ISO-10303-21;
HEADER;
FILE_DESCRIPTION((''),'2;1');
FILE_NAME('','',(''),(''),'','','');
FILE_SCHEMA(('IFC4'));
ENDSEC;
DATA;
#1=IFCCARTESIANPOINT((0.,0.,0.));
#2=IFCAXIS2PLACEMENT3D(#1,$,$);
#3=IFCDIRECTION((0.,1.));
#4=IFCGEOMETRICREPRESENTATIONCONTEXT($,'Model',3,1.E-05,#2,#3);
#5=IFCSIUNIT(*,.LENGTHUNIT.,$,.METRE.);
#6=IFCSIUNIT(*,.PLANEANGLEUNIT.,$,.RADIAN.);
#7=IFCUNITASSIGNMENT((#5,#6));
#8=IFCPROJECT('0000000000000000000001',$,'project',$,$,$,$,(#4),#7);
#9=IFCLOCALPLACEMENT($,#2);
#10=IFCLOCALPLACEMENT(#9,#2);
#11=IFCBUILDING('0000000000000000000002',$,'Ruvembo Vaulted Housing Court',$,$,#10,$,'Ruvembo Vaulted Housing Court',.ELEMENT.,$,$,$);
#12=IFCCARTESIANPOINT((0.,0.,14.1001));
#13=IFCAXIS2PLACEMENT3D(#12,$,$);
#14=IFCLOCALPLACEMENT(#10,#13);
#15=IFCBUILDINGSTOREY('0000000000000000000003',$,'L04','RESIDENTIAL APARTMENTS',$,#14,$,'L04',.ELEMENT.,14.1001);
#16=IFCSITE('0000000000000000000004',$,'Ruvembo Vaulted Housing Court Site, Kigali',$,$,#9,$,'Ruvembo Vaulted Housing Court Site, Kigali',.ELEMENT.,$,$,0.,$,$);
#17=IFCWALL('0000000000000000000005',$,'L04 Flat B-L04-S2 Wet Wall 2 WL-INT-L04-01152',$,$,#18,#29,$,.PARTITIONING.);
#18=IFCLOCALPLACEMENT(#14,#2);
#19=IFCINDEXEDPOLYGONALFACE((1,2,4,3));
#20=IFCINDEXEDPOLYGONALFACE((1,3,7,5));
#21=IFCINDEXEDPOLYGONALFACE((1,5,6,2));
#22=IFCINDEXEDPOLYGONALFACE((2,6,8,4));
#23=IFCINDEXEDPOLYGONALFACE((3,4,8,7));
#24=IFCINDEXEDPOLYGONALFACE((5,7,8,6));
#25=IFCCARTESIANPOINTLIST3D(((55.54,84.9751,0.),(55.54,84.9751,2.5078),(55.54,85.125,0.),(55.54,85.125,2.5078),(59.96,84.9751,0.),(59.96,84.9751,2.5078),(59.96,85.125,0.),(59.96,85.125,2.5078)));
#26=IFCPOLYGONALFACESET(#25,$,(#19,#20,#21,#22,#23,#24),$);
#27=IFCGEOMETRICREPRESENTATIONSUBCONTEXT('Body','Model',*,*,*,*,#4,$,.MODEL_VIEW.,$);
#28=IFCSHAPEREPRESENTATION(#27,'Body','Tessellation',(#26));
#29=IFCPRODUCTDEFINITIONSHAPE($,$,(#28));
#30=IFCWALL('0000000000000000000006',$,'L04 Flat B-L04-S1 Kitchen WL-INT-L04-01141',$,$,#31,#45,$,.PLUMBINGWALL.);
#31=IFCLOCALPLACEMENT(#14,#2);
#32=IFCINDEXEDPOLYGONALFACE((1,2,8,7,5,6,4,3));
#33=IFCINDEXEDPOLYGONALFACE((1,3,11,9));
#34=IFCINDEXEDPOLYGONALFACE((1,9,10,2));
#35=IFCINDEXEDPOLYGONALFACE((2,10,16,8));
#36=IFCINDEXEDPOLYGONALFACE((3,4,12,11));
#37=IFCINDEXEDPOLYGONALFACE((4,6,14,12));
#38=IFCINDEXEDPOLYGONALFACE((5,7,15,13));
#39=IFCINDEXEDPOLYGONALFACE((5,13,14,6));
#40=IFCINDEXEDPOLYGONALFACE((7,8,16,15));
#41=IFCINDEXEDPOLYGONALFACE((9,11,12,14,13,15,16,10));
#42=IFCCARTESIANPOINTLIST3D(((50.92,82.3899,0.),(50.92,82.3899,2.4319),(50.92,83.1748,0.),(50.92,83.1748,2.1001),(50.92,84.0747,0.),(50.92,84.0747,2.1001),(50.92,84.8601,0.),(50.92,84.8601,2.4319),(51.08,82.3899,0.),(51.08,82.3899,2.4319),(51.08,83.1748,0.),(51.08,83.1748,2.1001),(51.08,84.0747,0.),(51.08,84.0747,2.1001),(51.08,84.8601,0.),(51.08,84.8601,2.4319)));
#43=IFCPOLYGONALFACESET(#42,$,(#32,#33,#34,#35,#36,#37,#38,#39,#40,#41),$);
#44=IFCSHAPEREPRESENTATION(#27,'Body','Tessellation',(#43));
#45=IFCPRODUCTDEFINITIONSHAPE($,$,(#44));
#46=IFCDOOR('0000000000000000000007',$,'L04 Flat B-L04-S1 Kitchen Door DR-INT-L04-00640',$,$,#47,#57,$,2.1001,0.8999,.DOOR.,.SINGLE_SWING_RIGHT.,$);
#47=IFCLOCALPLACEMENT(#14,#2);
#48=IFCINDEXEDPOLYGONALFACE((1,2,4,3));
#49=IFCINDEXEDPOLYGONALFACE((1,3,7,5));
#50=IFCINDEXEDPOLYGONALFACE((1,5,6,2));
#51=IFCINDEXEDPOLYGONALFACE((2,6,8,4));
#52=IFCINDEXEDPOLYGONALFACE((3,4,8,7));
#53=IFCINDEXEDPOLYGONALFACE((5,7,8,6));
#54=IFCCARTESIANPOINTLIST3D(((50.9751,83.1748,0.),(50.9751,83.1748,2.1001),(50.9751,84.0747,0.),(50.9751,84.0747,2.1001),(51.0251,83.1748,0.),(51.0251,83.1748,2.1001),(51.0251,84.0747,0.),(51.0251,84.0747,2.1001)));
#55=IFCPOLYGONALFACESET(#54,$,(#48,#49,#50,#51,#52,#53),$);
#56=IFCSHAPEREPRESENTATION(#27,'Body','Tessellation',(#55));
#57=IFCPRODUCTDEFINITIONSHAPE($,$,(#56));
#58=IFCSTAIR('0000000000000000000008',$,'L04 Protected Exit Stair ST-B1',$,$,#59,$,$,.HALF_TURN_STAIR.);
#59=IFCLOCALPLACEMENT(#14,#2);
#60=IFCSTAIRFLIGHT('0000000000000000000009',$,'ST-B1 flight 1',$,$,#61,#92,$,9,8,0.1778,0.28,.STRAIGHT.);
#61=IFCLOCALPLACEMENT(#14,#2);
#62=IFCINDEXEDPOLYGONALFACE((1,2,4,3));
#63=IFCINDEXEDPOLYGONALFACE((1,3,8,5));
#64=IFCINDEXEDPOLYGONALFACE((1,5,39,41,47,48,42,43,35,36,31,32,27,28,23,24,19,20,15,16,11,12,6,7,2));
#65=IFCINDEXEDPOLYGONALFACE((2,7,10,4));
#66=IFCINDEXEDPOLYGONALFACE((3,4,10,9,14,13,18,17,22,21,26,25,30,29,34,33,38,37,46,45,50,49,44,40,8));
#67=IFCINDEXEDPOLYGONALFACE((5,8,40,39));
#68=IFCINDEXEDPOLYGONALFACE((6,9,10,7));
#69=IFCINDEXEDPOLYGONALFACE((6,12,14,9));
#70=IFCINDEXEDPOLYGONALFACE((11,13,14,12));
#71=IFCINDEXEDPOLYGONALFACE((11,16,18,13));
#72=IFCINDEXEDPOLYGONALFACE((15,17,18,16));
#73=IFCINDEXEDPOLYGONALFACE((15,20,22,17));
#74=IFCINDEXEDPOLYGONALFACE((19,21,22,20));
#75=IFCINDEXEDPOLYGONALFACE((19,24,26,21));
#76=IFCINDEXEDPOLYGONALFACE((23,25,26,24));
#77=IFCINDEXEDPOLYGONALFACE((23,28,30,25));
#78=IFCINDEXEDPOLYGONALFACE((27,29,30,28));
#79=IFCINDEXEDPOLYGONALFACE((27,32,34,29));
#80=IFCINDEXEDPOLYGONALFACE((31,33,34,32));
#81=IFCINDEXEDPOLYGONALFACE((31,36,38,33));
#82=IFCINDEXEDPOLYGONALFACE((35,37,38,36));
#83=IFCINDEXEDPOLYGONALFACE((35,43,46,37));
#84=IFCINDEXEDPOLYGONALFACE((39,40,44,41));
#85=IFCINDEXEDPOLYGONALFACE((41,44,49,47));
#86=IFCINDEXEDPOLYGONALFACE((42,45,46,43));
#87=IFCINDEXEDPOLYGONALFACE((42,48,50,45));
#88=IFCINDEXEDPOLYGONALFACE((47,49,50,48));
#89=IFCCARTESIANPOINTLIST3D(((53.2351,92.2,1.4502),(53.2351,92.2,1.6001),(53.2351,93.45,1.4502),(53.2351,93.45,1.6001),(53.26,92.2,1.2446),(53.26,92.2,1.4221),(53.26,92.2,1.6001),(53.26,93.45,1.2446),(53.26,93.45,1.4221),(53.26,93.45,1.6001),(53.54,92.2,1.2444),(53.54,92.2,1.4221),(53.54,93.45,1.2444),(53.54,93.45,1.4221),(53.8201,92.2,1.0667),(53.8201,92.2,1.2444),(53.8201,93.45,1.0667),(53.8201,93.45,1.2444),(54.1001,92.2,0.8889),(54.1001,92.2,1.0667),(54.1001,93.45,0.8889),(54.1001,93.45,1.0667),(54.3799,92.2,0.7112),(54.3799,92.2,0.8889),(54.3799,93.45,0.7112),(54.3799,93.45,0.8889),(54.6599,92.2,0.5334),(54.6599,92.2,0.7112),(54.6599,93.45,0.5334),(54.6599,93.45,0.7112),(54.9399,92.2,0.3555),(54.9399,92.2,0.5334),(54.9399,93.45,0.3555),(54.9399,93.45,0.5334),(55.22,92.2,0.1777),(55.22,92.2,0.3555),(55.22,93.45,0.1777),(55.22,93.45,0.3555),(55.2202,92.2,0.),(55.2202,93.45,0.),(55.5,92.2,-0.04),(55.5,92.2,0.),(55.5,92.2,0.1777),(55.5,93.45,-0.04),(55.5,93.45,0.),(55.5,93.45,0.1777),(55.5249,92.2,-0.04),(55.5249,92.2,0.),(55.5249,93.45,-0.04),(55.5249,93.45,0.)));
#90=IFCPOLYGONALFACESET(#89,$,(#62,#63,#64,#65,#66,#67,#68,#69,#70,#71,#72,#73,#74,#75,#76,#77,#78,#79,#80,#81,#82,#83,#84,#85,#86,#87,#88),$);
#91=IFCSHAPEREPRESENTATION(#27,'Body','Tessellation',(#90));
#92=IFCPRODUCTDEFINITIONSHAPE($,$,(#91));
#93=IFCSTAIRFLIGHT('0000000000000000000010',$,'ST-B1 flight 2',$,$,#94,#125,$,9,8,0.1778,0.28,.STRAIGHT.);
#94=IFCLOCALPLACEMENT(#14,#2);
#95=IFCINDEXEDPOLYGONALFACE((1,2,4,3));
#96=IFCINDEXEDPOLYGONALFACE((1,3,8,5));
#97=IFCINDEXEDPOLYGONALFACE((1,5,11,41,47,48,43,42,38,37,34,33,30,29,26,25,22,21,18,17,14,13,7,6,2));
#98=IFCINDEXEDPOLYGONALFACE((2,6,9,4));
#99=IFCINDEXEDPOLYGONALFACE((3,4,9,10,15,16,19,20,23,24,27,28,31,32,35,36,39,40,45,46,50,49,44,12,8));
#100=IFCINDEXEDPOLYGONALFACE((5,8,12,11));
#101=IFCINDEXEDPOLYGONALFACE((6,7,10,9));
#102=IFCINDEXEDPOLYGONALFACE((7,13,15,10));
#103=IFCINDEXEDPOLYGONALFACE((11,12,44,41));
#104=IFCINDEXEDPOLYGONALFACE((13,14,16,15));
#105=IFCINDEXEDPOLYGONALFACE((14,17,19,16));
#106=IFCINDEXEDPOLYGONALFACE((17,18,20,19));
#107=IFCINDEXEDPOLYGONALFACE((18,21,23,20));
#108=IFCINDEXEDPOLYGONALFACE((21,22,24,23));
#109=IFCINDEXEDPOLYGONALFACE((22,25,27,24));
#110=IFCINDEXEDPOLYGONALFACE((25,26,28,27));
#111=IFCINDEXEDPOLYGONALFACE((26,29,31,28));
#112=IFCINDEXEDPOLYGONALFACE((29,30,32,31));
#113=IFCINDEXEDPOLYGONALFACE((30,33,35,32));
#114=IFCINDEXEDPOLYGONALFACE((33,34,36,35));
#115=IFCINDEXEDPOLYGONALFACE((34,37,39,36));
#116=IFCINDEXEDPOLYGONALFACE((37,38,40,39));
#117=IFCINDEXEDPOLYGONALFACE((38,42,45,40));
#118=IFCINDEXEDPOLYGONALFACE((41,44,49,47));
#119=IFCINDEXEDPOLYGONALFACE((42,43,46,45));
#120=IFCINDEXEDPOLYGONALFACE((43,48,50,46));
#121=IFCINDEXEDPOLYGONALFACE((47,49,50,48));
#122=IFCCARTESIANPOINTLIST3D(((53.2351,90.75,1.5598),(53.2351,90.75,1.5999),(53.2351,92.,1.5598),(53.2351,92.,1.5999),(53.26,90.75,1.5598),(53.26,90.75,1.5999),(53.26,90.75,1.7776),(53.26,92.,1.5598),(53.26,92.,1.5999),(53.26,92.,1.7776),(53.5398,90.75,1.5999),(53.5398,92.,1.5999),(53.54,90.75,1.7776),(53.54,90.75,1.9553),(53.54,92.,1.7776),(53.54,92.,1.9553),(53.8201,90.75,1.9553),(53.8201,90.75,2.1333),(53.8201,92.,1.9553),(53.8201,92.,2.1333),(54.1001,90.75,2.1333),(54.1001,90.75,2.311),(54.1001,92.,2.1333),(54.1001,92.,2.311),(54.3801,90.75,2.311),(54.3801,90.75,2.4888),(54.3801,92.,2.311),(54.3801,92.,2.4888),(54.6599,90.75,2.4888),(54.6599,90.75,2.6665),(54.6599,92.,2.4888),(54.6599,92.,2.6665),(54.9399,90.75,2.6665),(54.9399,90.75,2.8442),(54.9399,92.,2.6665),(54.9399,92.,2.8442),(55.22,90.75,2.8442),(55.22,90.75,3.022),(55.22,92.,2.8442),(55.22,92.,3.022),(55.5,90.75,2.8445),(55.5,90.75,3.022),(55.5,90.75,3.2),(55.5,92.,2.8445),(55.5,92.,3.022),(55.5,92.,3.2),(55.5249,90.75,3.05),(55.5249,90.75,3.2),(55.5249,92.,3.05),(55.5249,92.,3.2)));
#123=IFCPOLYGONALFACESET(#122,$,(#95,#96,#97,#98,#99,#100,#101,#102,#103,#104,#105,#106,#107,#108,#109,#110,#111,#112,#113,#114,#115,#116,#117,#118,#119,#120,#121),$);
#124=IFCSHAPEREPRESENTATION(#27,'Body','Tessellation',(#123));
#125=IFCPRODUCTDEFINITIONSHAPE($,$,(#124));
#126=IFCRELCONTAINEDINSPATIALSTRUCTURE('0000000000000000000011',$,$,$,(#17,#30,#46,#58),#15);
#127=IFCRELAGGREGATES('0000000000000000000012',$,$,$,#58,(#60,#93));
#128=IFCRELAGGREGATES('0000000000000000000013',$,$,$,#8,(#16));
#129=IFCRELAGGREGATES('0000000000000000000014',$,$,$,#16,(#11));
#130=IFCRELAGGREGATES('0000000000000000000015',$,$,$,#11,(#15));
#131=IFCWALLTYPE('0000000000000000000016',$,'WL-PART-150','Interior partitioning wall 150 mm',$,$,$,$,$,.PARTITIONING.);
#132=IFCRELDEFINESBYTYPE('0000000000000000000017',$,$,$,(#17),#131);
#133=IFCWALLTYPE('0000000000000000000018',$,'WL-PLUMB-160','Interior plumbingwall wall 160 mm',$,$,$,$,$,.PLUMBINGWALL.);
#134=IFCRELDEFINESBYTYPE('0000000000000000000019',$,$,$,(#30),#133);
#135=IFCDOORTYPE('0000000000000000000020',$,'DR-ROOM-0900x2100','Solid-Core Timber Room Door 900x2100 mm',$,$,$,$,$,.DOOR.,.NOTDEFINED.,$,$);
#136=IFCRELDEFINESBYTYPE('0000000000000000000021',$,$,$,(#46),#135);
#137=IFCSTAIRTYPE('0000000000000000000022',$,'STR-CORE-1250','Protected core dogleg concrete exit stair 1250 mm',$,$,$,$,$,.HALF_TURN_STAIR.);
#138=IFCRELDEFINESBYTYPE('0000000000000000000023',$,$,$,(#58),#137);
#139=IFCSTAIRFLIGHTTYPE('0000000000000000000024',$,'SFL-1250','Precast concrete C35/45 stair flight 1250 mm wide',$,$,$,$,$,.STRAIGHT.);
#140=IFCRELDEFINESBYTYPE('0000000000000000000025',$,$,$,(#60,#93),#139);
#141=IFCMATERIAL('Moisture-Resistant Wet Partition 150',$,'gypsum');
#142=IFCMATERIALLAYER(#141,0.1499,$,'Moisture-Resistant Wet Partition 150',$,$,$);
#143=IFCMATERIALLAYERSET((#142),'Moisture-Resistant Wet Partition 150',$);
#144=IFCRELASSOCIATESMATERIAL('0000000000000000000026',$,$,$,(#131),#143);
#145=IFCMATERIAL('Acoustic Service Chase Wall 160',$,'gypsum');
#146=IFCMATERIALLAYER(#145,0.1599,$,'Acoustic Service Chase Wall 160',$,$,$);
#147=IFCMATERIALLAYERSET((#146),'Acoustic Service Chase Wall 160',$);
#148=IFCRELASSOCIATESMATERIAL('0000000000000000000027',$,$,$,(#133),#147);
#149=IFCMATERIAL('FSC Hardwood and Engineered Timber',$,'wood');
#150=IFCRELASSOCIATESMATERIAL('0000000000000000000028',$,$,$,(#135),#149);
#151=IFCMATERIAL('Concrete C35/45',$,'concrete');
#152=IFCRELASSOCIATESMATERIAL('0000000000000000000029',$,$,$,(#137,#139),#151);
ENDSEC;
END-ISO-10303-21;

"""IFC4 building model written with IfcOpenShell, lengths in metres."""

from ifc_helpers import new_model, si_unit, direction, frame, frame_2d, origin, place, context, subcontext, project, spatial, polyline, rectangle, outline, extrude, material, layer, layer_set, type_object, element, fill, aggregate, save


model = new_model("IFC4")

# Units and contexts
model_context = context("Model", 3, precision=1e-05, world=origin(), true_north=direction((0.0, 1.0)))
body_context = subcontext(model_context, "Body", "Model", "MODEL_VIEW")
ifc_project = project(units=[si_unit("LENGTHUNIT", "METRE"), si_unit("PLANEANGLEUNIT", "RADIAN")], contexts=[model_context])

# Site, building, storey
site_placement = place(None, origin())
site = spatial("IfcSite", under=ifc_project, at=site_placement, Name="Ruvembo Vaulted Housing Court Site, Kigali", LongName="Ruvembo Vaulted Housing Court Site, Kigali", CompositionType="ELEMENT", RefElevation=0.0)
building_placement = place(site_placement, origin())
building = spatial("IfcBuilding", under=site, at=building_placement, Name="Ruvembo Vaulted Housing Court", LongName="Ruvembo Vaulted Housing Court", CompositionType="ELEMENT")
storey_placement = place(building_placement, frame((0.0, 0.0, 14.1001)))
storey = spatial("IfcBuildingStorey", under=building, at=storey_placement, Name="L04", Description="RESIDENTIAL APARTMENTS", LongName="L04", CompositionType="ELEMENT", Elevation=14.1001)

# Shared definitions
ifc_material_1 = material(Name="Concrete C35/45", Category="concrete")

# Shared definitions
ifc_material_2 = material(Name="FSC Hardwood and Engineered Timber", Category="wood")

# Shared definitions
ifc_material_3 = material(Name="Moisture-Resistant Wet Partition 150", Category="gypsum")
ifc_layer_1 = layer(ifc_material_3, 0.1499, Name="Moisture-Resistant Wet Partition 150")
ifc_layer_set_1 = layer_set([ifc_layer_1], Name="Moisture-Resistant Wet Partition 150")
wall_type_1 = type_object("IfcWallType", Name="WL-PART-150", Description="Interior partitioning wall 150 mm", PredefinedType="PARTITIONING", material=ifc_layer_set_1)

# Wall
wall_1_placement = place(storey_placement, frame((55.54, 85.05, 0.0), z_axis=(0.0, 0.0, 1.0), x_axis=(1.0, 0.0, 0.0)))
element("IfcWall", 1, at=wall_1_placement, inside=storey, type_object=wall_type_1, Name="L04 Flat B-L04-S2 Wet Wall 2 WL-INT-L04-01152", PredefinedType="PARTITIONING", context=body_context, shape_type="SweptSolid", body=[
    extrude(rectangle(XDim=4.4199, YDim=0.1499, at=frame_2d((2.21, 0.0))), origin(), (0.0, 0.0, 1.0), 2.5078),
])

# Wall, opening, door
ifc_material_4 = material(Name="Acoustic Service Chase Wall 160", Category="gypsum")
ifc_layer_2 = layer(ifc_material_4, 0.1599, Name="Acoustic Service Chase Wall 160")
ifc_layer_set_2 = layer_set([ifc_layer_2], Name="Acoustic Service Chase Wall 160")
wall_type_2 = type_object("IfcWallType", Name="WL-PLUMB-160", Description="Interior plumbingwall wall 160 mm", PredefinedType="PLUMBINGWALL", material=ifc_layer_set_2)
wall_2_placement = place(storey_placement, frame((51.0, 82.3899, 0.0), z_axis=(0.0, 0.0, 1.0), x_axis=(0.0, 1.0, 0.0)))
wall_2 = element("IfcWall", 2, at=wall_2_placement, inside=storey, type_object=wall_type_2, Name="L04 Flat B-L04-S1 Kitchen WL-INT-L04-01141", PredefinedType="PLUMBINGWALL", context=body_context, shape_type="SweptSolid", body=[
    extrude(rectangle(XDim=2.4702, YDim=0.1599, at=frame_2d((1.2351, 0.0))), origin(), (0.0, 0.0, 1.0), 2.4319),
])
opening_1_placement = place(wall_2_placement, frame((0.7849, 0.0, 0.0)))
opening_1 = element("IfcOpeningElement", 3, at=opening_1_placement, cuts=wall_2, PredefinedType="OPENING", context=body_context, shape_type="SweptSolid", body=[
    extrude(rectangle(XDim=0.8999, YDim=2.1001, at=frame_2d((0.45, 1.05))), frame((0.0, 0.0898, 0.0), z_axis=(0.0, -1.0, 0.0), x_axis=(1.0, 0.0, 0.0)), (0.0, 0.0, 1.0), 0.1799),
])
door_type_1 = type_object("IfcDoorType", Name="DR-ROOM-0900x2100", Description="Solid-Core Timber Room Door 900x2100 mm", OperationType="NOTDEFINED", PredefinedType="DOOR", material=ifc_material_2)
door_1_placement = place(opening_1_placement, origin())
door_1 = element("IfcDoor", 4, at=door_1_placement, inside=storey, type_object=door_type_1, Name="L04 Flat B-L04-S1 Kitchen Door DR-INT-L04-00640", OperationType="SINGLE_SWING_RIGHT", OverallHeight=2.1001, OverallWidth=0.8999, PredefinedType="DOOR", context=body_context, shape_type="SweptSolid", body=[
    extrude(rectangle(XDim=0.8999, YDim=2.1001, at=frame_2d((0.45, 1.05))), frame((0.0, 0.0249, 0.0), z_axis=(0.0, -1.0, 0.0), x_axis=(1.0, 0.0, 0.0)), (0.0, 0.0, 1.0), 0.05),
])
fill(opening_1, door_1)

# Stair, stair flights
stair_type = type_object("IfcStairType", Name="STR-CORE-1250", Description="Protected core dogleg concrete exit stair 1250 mm", PredefinedType="HALF_TURN_STAIR", material=ifc_material_1)
stair_placement = place(storey_placement, origin())
stair = element("IfcStair", 5, at=stair_placement, inside=storey, type_object=stair_type, Name="L04 Protected Exit Stair ST-B1", PredefinedType="HALF_TURN_STAIR")
stair_flight_type = type_object("IfcStairFlightType", Name="SFL-1250", Description="Precast concrete C35/45 stair flight 1250 mm wide", PredefinedType="STRAIGHT", material=ifc_material_1)
stair_flight_1_placement = place(storey_placement, frame((55.5, 92.825, 0.0), z_axis=(0.0, 0.0, 1.0), x_axis=(-1.0, 0.0, 0.0)))
stair_flight_1 = element("IfcStairFlight", 6, at=stair_flight_1_placement, type_object=stair_flight_type, Name="ST-B1 flight 1", NumberOfRisers=9, NumberOfTreads=8, PredefinedType="STRAIGHT", RiserHeight=0.1778, TreadLength=0.28, context=body_context, shape_type="SweptSolid", body=[
    extrude(outline(polyline([(-0.0249, -0.04), (-0.0249, 0.0), (0.0, 0.0), (0.0, 0.1777), (0.28, 0.1777), (0.28, 0.3555), (0.5601, 0.3555), (0.5601, 0.5334), (0.8401, 0.5334), (0.8401, 0.7112), (1.1201, 0.7112), (1.1201, 0.8889), (1.3999, 0.8889), (1.3999, 1.0667), (1.6799, 1.0667), (1.6799, 1.2444), (1.96, 1.2444), (1.96, 1.4221), (2.24, 1.4221), (2.24, 1.6001), (2.2649, 1.6001), (2.2649, 1.4502), (2.24, 1.2446), (0.2798, 0.0), (0.0, -0.04), (-0.0249, -0.04)])), frame((0.0, 0.625, 0.0), z_axis=(0.0, -1.0, 0.0), x_axis=(1.0, 0.0, 0.0)), (0.0, 0.0, 1.0), 1.25),
])
stair_flight_2_placement = place(storey_placement, frame((53.26, 91.375, 1.5999), z_axis=(0.0, 0.0, 1.0), x_axis=(1.0, 0.0, 0.0)))
stair_flight_2 = element("IfcStairFlight", 7, at=stair_flight_2_placement, type_object=stair_flight_type, Name="ST-B1 flight 2", NumberOfRisers=9, NumberOfTreads=8, PredefinedType="STRAIGHT", RiserHeight=0.1778, TreadLength=0.28, context=body_context, shape_type="SweptSolid", body=[
    extrude(outline(polyline([(-0.0249, -0.04), (-0.0249, 0.0), (0.0, 0.0), (0.0, 0.1777), (0.28, 0.1777), (0.28, 0.3555), (0.5601, 0.3555), (0.5601, 0.5334), (0.8401, 0.5334), (0.8401, 0.7112), (1.1201, 0.7112), (1.1201, 0.8889), (1.3999, 0.8889), (1.3999, 1.0667), (1.6799, 1.0667), (1.6799, 1.2444), (1.96, 1.2444), (1.96, 1.4221), (2.24, 1.4221), (2.24, 1.6001), (2.2649, 1.6001), (2.2649, 1.4502), (2.24, 1.2446), (0.2798, 0.0), (0.0, -0.04), (-0.0249, -0.04)])), frame((0.0, 0.625, 0.0), z_axis=(0.0, -1.0, 0.0), x_axis=(1.0, 0.0, 0.0)), (0.0, 0.0, 1.0), 1.25),
])
aggregate(stair, [stair_flight_1, stair_flight_2])

save(model, "model.ifc")
